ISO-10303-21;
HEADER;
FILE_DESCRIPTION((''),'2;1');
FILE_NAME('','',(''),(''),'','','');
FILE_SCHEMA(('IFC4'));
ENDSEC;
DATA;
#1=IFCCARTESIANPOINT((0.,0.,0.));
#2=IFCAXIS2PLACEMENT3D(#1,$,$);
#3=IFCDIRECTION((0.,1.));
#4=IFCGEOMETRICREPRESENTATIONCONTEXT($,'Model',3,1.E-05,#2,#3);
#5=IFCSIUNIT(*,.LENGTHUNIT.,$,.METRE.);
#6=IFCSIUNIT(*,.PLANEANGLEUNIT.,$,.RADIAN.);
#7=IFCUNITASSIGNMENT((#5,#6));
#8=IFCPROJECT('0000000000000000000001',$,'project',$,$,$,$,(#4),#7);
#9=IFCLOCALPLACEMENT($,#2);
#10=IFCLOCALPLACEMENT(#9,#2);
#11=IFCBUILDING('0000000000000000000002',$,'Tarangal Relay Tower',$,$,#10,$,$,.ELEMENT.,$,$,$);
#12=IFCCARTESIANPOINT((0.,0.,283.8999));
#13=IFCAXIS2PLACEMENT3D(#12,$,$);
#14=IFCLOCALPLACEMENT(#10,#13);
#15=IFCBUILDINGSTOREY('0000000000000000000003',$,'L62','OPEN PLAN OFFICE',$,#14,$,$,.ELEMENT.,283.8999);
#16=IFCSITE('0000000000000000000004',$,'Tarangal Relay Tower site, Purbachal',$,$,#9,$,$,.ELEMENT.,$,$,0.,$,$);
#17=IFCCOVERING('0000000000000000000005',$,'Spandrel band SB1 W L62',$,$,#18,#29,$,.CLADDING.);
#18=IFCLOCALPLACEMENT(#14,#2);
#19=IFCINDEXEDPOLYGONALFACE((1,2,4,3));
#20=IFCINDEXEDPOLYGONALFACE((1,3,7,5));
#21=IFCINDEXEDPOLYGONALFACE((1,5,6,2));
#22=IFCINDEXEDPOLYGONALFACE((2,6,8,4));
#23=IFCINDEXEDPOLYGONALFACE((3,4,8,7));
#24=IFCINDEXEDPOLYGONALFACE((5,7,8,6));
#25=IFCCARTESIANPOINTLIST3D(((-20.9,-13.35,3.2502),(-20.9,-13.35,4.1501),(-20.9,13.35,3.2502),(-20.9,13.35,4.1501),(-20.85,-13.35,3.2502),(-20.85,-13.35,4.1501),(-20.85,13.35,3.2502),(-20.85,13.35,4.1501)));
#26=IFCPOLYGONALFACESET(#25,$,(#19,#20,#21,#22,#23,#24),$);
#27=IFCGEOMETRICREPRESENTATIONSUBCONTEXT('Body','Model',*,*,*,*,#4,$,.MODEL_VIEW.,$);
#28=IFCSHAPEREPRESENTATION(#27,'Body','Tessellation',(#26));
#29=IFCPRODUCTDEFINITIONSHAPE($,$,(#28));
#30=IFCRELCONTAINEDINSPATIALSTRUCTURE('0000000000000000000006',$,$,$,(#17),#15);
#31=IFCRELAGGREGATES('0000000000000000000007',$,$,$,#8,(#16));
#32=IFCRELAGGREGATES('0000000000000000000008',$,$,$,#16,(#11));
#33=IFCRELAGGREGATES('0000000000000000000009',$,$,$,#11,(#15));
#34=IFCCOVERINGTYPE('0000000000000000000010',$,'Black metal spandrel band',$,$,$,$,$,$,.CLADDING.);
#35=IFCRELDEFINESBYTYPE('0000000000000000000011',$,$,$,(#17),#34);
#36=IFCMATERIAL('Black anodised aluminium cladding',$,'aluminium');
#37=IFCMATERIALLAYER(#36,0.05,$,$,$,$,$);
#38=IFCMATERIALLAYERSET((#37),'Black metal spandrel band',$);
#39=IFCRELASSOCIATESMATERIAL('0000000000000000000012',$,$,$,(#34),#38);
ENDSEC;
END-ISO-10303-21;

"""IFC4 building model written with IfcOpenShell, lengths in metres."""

from ifc_helpers import new_model, si_unit, direction, frame, origin, origin_2d, place, context, subcontext, project, spatial, rectangle, extrude, material, layer, layer_set, type_object, element, save


model = new_model("IFC4")

# Units and contexts
model_context = context("Model", 3, precision=1e-05, world=origin(), true_north=direction((0.0, 1.0)))
body_context = subcontext(model_context, "Body", "Model", "MODEL_VIEW")
ifc_project = project(units=[si_unit("LENGTHUNIT", "METRE"), si_unit("PLANEANGLEUNIT", "RADIAN")], contexts=[model_context])

# Site, building, storey
site_placement = place(None, origin())
site = spatial("IfcSite", under=ifc_project, at=site_placement, Name="Tarangal Relay Tower site, Purbachal", CompositionType="ELEMENT", RefElevation=0.0)
building_placement = place(site_placement, origin())
building = spatial("IfcBuilding", under=site, at=building_placement, Name="Tarangal Relay Tower", CompositionType="ELEMENT")
storey_placement = place(building_placement, frame((0.0, 0.0, 283.8999)))
storey = spatial("IfcBuildingStorey", under=building, at=storey_placement, Name="L62", Description="OPEN PLAN OFFICE", CompositionType="ELEMENT", Elevation=283.8999)

# Covering
ifc_material_1 = material(Name="Black anodised aluminium cladding", Category="aluminium")
ifc_layer_1 = layer(ifc_material_1, 0.05)
ifc_layer_set_1 = layer_set([ifc_layer_1], Name="Black metal spandrel band")
covering_type = type_object("IfcCoveringType", Name="Black metal spandrel band", PredefinedType="CLADDING", material=ifc_layer_set_1)
covering_placement = place(storey_placement, frame((-20.875, 0.0, 3.2502), z_axis=(0.0, 0.0, 1.0), x_axis=(0.0, 1.0, 0.0)))
element("IfcCovering", 1, at=covering_placement, inside=storey, type_object=covering_type, Name="Spandrel band SB1 W L62", PredefinedType="CLADDING", context=body_context, shape_type="SweptSolid", body=[
    extrude(rectangle(XDim=26.7, YDim=0.05, at=origin_2d()), origin(), (0.0, 0.0, 1.0), 0.8999),
])

save(model, "model.ifc")
